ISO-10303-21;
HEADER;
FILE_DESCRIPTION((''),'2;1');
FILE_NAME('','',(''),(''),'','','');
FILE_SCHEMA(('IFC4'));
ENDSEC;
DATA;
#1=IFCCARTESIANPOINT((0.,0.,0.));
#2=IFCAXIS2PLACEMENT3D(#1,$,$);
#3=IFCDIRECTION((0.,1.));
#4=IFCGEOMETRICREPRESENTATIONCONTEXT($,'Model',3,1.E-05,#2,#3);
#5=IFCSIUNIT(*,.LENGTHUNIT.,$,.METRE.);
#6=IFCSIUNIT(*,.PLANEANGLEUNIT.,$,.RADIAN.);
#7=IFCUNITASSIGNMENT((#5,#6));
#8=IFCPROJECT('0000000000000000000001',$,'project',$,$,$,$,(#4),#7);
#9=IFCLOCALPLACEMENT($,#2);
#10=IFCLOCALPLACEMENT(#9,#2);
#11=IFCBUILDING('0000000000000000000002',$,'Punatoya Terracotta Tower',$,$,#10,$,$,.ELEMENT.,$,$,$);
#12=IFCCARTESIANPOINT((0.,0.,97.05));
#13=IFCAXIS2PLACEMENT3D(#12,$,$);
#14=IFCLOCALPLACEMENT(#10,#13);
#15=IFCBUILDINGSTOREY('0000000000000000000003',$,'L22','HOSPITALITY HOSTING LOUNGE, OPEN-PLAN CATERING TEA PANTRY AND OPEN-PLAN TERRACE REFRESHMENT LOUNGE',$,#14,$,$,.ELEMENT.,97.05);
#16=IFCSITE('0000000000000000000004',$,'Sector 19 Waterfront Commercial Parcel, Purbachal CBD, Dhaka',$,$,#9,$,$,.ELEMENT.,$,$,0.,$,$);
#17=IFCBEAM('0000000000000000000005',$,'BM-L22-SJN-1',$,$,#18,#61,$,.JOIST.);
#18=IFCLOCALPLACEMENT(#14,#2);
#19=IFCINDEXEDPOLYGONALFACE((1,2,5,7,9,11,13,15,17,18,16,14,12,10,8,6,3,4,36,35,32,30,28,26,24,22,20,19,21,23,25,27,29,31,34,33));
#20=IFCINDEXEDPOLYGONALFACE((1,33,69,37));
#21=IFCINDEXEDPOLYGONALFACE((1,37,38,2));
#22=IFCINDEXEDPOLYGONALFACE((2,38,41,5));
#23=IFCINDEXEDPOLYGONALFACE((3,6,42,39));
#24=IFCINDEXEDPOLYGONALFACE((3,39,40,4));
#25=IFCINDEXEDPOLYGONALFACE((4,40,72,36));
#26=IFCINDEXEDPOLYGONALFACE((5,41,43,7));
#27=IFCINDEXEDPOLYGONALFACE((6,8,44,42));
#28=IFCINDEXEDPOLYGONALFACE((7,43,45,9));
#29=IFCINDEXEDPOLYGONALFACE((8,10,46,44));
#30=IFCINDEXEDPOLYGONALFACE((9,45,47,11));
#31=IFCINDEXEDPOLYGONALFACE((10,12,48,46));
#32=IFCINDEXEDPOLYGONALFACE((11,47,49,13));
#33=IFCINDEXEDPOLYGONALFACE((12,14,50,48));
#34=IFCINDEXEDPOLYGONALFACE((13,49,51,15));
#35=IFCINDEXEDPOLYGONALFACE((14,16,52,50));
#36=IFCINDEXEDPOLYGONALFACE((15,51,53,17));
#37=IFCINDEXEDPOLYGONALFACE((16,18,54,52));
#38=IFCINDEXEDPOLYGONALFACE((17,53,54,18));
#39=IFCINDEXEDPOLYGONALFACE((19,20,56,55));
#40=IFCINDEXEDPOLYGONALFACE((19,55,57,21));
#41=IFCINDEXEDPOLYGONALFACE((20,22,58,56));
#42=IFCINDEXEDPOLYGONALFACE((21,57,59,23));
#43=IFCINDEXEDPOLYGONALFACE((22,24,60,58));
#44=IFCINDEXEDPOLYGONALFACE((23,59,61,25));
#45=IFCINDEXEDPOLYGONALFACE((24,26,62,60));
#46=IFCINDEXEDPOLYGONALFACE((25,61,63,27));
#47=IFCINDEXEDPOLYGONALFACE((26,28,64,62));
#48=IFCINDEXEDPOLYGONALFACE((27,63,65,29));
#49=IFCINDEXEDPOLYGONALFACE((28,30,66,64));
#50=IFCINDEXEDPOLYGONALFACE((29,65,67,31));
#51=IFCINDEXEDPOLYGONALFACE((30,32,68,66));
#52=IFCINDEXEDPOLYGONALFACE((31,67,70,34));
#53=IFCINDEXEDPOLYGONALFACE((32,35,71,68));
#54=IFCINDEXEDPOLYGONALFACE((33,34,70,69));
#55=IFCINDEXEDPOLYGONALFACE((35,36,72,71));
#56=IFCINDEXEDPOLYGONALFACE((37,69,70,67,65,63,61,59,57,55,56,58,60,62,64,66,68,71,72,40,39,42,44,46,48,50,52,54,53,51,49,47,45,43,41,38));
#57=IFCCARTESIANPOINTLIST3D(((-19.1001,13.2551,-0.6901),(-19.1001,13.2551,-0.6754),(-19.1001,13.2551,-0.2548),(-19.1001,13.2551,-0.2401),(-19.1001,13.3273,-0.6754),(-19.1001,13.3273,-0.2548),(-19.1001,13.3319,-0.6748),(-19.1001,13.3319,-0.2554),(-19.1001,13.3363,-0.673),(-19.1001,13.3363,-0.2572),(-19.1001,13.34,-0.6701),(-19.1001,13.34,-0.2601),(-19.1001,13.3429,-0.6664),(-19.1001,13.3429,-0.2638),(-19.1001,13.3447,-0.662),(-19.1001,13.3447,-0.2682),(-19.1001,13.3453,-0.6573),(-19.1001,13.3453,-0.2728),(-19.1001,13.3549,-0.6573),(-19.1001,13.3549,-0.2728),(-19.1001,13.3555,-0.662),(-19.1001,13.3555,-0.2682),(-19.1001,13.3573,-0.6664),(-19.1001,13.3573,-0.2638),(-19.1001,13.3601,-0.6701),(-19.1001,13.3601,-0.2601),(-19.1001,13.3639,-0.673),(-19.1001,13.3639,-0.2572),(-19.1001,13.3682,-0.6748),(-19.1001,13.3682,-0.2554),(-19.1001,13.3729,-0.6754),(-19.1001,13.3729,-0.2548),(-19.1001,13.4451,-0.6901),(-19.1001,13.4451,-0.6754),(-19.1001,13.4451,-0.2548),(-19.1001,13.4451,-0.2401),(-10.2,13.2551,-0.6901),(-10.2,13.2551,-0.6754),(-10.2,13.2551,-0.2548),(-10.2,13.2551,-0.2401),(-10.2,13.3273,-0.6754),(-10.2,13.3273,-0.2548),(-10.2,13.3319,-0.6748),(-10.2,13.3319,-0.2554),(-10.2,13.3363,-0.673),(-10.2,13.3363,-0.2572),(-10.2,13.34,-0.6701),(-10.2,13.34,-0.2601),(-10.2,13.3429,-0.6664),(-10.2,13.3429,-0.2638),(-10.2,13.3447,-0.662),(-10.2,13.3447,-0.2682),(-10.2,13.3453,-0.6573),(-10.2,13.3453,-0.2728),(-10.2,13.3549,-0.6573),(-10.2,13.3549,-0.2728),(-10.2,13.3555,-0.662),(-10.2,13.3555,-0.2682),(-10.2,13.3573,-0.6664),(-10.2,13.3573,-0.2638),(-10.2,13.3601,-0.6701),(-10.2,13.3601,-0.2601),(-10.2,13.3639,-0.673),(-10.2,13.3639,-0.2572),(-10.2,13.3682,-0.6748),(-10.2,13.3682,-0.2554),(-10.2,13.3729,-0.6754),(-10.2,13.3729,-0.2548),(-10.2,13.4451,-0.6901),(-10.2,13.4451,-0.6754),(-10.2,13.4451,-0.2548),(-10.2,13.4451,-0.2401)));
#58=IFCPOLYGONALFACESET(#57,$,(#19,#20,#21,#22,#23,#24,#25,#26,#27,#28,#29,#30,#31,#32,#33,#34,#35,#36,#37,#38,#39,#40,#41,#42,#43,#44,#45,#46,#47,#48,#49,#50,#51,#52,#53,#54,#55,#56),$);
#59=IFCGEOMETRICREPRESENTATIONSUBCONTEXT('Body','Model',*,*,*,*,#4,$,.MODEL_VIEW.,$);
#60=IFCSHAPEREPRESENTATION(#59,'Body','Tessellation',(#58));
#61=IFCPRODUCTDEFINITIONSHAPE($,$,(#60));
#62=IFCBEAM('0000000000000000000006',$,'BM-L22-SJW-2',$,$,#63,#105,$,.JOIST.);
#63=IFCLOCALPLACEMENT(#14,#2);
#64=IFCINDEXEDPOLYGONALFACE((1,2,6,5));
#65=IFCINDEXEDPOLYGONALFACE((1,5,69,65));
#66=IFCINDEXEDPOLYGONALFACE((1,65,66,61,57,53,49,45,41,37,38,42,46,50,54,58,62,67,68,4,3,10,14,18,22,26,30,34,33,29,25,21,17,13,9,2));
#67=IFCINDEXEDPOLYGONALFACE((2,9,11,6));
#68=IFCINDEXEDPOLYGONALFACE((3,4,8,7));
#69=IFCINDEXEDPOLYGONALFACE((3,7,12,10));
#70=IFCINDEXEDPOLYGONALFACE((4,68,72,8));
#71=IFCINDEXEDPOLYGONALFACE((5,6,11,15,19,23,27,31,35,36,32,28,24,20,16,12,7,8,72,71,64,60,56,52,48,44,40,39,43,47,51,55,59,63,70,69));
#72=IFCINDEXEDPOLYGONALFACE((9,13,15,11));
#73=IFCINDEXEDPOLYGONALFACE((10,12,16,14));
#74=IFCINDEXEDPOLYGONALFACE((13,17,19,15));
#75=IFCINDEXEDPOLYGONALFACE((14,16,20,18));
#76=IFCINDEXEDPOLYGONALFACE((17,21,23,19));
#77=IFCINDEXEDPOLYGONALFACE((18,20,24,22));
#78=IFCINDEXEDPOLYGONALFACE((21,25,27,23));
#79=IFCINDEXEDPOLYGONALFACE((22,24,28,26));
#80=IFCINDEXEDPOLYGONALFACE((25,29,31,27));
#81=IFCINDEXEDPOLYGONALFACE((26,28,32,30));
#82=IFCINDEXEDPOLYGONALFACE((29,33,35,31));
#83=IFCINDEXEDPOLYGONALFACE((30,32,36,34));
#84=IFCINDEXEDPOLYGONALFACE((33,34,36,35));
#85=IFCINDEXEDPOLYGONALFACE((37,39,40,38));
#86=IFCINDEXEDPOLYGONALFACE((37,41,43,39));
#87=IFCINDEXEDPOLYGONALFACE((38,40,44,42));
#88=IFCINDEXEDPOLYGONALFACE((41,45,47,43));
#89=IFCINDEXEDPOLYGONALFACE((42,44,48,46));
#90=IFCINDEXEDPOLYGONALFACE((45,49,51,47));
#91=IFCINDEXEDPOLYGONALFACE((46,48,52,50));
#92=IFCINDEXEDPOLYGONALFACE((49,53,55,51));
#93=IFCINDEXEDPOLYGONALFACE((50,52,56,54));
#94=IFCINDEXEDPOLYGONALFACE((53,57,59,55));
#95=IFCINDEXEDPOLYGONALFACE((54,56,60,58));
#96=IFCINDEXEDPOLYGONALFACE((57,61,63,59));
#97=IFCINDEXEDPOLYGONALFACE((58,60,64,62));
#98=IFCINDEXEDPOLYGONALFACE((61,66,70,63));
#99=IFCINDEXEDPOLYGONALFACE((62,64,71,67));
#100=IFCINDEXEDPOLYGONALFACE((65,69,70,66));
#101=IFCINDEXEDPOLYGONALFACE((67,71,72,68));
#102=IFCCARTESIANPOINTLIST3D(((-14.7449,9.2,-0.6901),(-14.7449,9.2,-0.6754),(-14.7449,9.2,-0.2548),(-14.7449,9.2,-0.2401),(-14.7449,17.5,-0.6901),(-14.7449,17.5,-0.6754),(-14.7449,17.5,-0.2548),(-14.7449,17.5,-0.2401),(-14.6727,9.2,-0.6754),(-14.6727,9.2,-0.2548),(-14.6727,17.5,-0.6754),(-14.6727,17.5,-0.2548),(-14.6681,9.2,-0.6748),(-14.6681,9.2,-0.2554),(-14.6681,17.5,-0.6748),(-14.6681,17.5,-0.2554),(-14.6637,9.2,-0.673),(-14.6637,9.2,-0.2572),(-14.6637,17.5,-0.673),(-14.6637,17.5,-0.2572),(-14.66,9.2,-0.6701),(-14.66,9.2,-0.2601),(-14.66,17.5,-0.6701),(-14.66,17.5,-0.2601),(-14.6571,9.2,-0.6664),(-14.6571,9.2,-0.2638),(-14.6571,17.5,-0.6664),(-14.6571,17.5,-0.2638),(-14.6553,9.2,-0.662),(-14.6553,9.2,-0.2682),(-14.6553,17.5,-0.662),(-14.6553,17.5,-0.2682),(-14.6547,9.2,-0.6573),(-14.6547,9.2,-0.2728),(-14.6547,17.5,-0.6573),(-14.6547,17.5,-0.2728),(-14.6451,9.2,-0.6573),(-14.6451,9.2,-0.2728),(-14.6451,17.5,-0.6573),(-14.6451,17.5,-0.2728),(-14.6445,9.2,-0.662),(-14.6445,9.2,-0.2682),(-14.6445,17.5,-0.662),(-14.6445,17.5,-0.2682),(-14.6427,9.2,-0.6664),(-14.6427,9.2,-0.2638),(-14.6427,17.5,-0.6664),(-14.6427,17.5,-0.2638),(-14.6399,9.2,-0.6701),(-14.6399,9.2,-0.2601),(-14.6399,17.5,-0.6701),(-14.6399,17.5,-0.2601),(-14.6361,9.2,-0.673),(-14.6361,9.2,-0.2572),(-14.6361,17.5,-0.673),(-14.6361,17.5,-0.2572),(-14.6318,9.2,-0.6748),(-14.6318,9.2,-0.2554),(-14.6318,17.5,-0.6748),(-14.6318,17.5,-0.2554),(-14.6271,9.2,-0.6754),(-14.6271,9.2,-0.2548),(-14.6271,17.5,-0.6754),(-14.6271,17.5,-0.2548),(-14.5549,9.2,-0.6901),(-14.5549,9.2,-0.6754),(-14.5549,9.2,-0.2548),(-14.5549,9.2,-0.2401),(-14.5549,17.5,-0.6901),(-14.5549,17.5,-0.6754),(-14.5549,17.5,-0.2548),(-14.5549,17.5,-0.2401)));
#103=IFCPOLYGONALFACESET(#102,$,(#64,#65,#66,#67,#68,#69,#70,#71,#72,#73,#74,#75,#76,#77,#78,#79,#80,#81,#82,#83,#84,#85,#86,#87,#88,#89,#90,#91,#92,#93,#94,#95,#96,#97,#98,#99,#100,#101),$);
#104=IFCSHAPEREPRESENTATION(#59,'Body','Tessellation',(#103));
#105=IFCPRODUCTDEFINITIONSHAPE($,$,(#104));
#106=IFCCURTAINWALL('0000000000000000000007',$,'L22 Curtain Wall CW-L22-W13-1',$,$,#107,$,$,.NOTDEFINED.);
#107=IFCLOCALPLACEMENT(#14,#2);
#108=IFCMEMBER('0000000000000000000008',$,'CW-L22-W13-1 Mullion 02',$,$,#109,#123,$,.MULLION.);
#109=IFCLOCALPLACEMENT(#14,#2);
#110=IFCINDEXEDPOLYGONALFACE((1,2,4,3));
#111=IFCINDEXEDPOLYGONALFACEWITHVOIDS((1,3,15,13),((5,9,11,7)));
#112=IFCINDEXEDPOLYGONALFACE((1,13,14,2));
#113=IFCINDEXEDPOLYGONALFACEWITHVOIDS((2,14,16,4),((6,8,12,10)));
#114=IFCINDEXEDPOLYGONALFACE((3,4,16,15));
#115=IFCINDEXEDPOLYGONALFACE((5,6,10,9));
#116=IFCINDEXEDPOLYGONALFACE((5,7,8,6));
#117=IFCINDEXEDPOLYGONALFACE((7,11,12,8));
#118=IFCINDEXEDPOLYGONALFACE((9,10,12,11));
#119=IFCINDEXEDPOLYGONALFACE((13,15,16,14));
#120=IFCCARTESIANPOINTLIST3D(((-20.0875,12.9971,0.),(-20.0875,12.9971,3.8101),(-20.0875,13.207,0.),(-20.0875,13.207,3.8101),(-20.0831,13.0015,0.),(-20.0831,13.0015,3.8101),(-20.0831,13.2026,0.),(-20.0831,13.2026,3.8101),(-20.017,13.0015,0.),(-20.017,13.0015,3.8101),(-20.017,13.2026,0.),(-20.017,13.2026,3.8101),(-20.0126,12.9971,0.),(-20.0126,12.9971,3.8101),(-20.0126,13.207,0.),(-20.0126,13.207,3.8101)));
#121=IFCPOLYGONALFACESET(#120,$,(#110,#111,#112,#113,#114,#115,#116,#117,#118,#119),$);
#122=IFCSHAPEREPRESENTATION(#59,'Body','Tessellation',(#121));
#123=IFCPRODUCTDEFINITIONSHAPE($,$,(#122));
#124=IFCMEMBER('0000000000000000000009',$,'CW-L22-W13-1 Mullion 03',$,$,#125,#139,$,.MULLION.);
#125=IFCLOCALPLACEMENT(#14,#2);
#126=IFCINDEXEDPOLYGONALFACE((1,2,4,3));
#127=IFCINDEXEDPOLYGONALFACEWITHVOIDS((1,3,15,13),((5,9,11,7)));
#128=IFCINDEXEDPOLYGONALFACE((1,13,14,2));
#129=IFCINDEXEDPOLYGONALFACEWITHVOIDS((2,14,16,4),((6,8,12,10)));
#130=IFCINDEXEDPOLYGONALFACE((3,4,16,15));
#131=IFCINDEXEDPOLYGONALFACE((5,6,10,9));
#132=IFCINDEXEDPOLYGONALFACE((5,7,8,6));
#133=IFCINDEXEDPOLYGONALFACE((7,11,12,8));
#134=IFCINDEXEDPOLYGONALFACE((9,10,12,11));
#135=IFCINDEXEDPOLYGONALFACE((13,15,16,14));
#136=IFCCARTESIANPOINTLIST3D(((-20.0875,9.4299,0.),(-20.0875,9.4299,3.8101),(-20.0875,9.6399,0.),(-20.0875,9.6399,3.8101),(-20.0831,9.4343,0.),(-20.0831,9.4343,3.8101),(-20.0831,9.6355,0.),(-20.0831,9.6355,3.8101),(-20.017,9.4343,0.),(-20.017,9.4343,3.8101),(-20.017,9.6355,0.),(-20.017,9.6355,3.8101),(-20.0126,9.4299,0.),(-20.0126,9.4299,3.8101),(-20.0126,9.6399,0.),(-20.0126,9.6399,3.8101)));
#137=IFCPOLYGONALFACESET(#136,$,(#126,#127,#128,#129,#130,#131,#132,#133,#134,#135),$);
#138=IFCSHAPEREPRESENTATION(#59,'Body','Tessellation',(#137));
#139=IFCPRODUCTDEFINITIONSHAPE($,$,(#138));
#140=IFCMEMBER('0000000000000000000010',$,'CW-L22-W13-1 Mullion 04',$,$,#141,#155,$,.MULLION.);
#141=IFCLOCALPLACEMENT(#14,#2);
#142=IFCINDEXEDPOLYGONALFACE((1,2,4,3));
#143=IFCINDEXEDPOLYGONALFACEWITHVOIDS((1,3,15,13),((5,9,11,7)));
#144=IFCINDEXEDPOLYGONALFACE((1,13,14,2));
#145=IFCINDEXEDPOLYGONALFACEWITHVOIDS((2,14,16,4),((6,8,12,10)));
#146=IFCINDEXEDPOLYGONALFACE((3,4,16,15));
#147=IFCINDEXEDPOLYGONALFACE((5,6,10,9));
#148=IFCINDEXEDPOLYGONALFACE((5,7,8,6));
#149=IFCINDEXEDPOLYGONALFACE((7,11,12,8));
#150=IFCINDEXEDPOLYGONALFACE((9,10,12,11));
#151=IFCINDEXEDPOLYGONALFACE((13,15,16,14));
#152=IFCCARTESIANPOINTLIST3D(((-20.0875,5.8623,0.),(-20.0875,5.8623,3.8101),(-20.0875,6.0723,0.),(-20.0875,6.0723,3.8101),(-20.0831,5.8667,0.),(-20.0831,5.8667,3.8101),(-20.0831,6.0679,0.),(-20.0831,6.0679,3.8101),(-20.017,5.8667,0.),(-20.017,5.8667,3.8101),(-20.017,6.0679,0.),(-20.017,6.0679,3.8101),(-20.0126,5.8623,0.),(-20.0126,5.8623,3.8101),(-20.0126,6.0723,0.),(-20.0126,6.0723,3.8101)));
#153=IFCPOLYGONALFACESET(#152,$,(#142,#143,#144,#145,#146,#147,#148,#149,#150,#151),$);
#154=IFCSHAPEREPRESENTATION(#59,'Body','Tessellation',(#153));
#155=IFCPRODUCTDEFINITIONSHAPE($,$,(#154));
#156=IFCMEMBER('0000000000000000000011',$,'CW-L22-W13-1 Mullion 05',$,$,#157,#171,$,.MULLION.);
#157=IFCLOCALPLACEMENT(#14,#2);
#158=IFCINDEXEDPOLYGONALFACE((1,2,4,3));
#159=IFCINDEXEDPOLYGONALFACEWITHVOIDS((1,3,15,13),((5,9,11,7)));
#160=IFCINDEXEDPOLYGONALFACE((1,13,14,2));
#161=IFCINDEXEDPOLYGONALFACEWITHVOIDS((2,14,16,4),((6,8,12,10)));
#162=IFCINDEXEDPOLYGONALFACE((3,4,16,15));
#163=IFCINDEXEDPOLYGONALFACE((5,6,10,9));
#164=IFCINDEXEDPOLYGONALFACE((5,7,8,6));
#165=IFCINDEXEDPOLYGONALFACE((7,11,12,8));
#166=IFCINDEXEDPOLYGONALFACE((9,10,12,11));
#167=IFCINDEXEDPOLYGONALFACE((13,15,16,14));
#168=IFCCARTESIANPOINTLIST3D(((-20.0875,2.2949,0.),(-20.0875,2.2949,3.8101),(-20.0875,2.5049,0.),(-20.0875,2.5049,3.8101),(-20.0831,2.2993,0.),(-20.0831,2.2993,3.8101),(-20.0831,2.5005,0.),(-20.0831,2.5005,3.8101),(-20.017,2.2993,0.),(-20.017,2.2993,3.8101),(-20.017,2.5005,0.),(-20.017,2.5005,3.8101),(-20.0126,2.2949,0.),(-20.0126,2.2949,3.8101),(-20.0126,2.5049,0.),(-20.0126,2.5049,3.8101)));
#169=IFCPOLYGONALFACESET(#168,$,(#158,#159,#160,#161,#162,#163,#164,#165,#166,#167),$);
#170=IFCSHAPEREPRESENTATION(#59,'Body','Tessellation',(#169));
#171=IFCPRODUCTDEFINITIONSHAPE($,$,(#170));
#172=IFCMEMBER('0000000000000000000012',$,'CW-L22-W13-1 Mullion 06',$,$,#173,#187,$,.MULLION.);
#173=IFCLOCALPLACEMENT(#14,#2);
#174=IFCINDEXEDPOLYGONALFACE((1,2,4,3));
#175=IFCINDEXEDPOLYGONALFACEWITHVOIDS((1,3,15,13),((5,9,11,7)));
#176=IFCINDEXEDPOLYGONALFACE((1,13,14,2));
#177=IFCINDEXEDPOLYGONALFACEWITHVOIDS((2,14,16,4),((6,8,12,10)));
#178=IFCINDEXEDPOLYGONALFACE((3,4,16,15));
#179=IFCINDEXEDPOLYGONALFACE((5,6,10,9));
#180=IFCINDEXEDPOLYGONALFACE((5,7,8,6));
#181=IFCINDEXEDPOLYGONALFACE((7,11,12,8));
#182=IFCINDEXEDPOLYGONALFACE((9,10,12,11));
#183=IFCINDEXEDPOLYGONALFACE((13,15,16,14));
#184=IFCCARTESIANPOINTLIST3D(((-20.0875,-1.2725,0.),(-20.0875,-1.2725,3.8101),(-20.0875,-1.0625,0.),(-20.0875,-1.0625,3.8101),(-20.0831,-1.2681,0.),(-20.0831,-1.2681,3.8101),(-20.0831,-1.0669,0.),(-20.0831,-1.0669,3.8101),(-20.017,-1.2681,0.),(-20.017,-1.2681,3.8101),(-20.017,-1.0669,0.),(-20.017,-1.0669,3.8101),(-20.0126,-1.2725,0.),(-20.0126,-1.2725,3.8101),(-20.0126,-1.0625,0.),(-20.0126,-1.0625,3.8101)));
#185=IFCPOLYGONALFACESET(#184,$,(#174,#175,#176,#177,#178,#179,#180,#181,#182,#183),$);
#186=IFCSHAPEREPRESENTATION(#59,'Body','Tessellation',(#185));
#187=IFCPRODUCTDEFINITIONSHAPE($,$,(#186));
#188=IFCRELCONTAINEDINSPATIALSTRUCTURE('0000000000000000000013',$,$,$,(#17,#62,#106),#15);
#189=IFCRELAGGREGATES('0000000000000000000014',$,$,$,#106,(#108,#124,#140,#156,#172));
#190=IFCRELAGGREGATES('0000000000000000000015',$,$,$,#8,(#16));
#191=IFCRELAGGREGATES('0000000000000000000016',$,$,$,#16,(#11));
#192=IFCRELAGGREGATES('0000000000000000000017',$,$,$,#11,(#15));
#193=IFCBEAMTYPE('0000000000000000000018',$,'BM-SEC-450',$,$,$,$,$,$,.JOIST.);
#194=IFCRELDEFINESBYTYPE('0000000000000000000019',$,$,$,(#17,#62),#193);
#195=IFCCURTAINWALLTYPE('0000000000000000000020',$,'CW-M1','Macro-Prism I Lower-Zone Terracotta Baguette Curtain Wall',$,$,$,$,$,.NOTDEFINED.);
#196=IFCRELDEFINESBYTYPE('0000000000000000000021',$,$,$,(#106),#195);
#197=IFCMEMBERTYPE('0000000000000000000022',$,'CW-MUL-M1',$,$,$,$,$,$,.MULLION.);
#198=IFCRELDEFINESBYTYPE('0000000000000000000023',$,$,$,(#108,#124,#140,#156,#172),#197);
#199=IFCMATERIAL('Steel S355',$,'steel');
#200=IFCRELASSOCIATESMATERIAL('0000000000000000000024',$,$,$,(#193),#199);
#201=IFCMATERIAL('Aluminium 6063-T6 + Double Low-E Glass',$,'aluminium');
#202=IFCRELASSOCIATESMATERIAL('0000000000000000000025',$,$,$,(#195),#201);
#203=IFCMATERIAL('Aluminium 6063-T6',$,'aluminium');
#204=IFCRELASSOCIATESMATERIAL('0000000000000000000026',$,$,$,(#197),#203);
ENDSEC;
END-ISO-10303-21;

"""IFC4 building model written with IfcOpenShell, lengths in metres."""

from ifc_helpers import new_model, si_unit, direction, frame, origin, origin_2d, place, context, subcontext, project, spatial, hollow_rectangle, i_section, extrude, material, material_profile, profile_set, type_object, element, aggregate, save


model = new_model("IFC4")

# Units and contexts
model_context = context("Model", 3, precision=1e-05, world=origin(), true_north=direction((0.0, 1.0)))
body_context = subcontext(model_context, "Body", "Model", "MODEL_VIEW")
ifc_project = project(units=[si_unit("LENGTHUNIT", "METRE"), si_unit("PLANEANGLEUNIT", "RADIAN")], contexts=[model_context])

# Site, building, storey
site_placement = place(None, origin())
site = spatial("IfcSite", under=ifc_project, at=site_placement, Name="Sector 19 Waterfront Commercial Parcel, Purbachal CBD, Dhaka", CompositionType="ELEMENT", RefElevation=0.0)
building_placement = place(site_placement, origin())
building = spatial("IfcBuilding", under=site, at=building_placement, Name="Punatoya Terracotta Tower", CompositionType="ELEMENT")
storey_placement = place(building_placement, frame((0.0, 0.0, 97.05)))
storey = spatial("IfcBuildingStorey", under=building, at=storey_placement, Name="L22", Description="HOSPITALITY HOSTING LOUNGE, OPEN-PLAN CATERING TEA PANTRY AND OPEN-PLAN TERRACE REFRESHMENT LOUNGE", CompositionType="ELEMENT", Elevation=97.05)

# Beams
ifc_material_1 = material(Name="Steel S355", Category="steel")
ifc_material_profile_1 = material_profile(ifc_material_1, i_section(OverallWidth=0.1899, OverallDepth=0.45, WebThickness=0.0095, FlangeThickness=0.0146, FilletRadius=0.0181, at=origin_2d()))
ifc_profile_set_1 = profile_set([ifc_material_profile_1], Name="Steel S355")
beam_type_1 = type_object("IfcBeamType", Name="BM-SEC-450", PredefinedType="JOIST", material=ifc_profile_set_1)
beam_1_placement = place(storey_placement, frame((-19.1001, 13.3501, -0.4651), z_axis=(1.0, 0.0, 0.0), x_axis=(0.0, 1.0, 0.0)))
element("IfcBeam", 1, at=beam_1_placement, inside=storey, type_object=beam_type_1, Name="BM-L22-SJN-1", PredefinedType="JOIST", context=body_context, shape_type="SweptSolid", body=[
    extrude(i_section(OverallWidth=0.1899, OverallDepth=0.45, WebThickness=0.0095, FlangeThickness=0.0146, FilletRadius=0.0181, at=origin_2d()), origin(), (0.0, 0.0, 1.0), 8.9001),
])
beam_2_placement = place(storey_placement, frame((-14.6499, 9.2, -0.4651), z_axis=(0.0, 1.0, 0.0), x_axis=(-1.0, 0.0, 0.0)))
element("IfcBeam", 2, at=beam_2_placement, inside=storey, type_object=beam_type_1, Name="BM-L22-SJW-2", PredefinedType="JOIST", context=body_context, shape_type="SweptSolid", body=[
    extrude(i_section(OverallWidth=0.1899, OverallDepth=0.45, WebThickness=0.0095, FlangeThickness=0.0146, FilletRadius=0.0181, at=origin_2d()), origin(), (0.0, 0.0, 1.0), 8.3),
])

# Curtain wall, members
ifc_material_2 = material(Name="Aluminium 6063-T6 + Double Low-E Glass", Category="aluminium")
curtain_wall_type = type_object("IfcCurtainWallType", Name="CW-M1", Description="Macro-Prism I Lower-Zone Terracotta Baguette Curtain Wall", PredefinedType="NOTDEFINED", material=ifc_material_2)
curtain_wall_placement = place(storey_placement, origin())
curtain_wall = element("IfcCurtainWall", 3, at=curtain_wall_placement, inside=storey, type_object=curtain_wall_type, Name="L22 Curtain Wall CW-L22-W13-1", PredefinedType="NOTDEFINED")
ifc_material_3 = material(Name="Aluminium 6063-T6", Category="aluminium")
ifc_material_profile_2 = material_profile(ifc_material_3, hollow_rectangle(XDim=0.075, YDim=0.21, WallThickness=0.0044, at=origin_2d()))
ifc_profile_set_2 = profile_set([ifc_material_profile_2], Name="Aluminium 6063-T6")
member_type = type_object("IfcMemberType", Name="CW-MUL-M1", PredefinedType="MULLION", material=ifc_profile_set_2)
member_1_placement = place(storey_placement, frame((-20.05, 13.1021, 0.0), z_axis=(0.0, 0.0, 1.0), x_axis=(1.0, 0.0, 0.0)))
member_1 = element("IfcMember", 4, at=member_1_placement, type_object=member_type, Name="CW-L22-W13-1 Mullion 02", PredefinedType="MULLION", context=body_context, shape_type="SweptSolid", body=[
    extrude(hollow_rectangle(XDim=0.075, YDim=0.21, WallThickness=0.0044, at=origin_2d()), origin(), (0.0, 0.0, 1.0), 3.8101),
])
member_2_placement = place(storey_placement, frame((-20.05, 9.5349, 0.0), z_axis=(0.0, 0.0, 1.0), x_axis=(1.0, 0.0, 0.0)))
member_2 = element("IfcMember", 5, at=member_2_placement, type_object=member_type, Name="CW-L22-W13-1 Mullion 03", PredefinedType="MULLION", context=body_context, shape_type="SweptSolid", body=[
    extrude(hollow_rectangle(XDim=0.075, YDim=0.21, WallThickness=0.0044, at=origin_2d()), origin(), (0.0, 0.0, 1.0), 3.8101),
])
member_3_placement = place(storey_placement, frame((-20.05, 5.9673, 0.0), z_axis=(0.0, 0.0, 1.0), x_axis=(1.0, 0.0, 0.0)))
member_3 = element("IfcMember", 6, at=member_3_placement, type_object=member_type, Name="CW-L22-W13-1 Mullion 04", PredefinedType="MULLION", context=body_context, shape_type="SweptSolid", body=[
    extrude(hollow_rectangle(XDim=0.075, YDim=0.21, WallThickness=0.0044, at=origin_2d()), origin(), (0.0, 0.0, 1.0), 3.8101),
])
member_4_placement = place(storey_placement, frame((-20.05, 2.3999, 0.0), z_axis=(0.0, 0.0, 1.0), x_axis=(1.0, 0.0, 0.0)))
member_4 = element("IfcMember", 7, at=member_4_placement, type_object=member_type, Name="CW-L22-W13-1 Mullion 05", PredefinedType="MULLION", context=body_context, shape_type="SweptSolid", body=[
    extrude(hollow_rectangle(XDim=0.075, YDim=0.21, WallThickness=0.0044, at=origin_2d()), origin(), (0.0, 0.0, 1.0), 3.8101),
])
member_5_placement = place(storey_placement, frame((-20.05, -1.1675, 0.0), z_axis=(0.0, 0.0, 1.0), x_axis=(1.0, 0.0, 0.0)))
member_5 = element("IfcMember", 8, at=member_5_placement, type_object=member_type, Name="CW-L22-W13-1 Mullion 06", PredefinedType="MULLION", context=body_context, shape_type="SweptSolid", body=[
    extrude(hollow_rectangle(XDim=0.075, YDim=0.21, WallThickness=0.0044, at=origin_2d()), origin(), (0.0, 0.0, 1.0), 3.8101),
])
aggregate(curtain_wall, [member_1, member_2, member_3, member_4, member_5])

save(model, "model.ifc")
